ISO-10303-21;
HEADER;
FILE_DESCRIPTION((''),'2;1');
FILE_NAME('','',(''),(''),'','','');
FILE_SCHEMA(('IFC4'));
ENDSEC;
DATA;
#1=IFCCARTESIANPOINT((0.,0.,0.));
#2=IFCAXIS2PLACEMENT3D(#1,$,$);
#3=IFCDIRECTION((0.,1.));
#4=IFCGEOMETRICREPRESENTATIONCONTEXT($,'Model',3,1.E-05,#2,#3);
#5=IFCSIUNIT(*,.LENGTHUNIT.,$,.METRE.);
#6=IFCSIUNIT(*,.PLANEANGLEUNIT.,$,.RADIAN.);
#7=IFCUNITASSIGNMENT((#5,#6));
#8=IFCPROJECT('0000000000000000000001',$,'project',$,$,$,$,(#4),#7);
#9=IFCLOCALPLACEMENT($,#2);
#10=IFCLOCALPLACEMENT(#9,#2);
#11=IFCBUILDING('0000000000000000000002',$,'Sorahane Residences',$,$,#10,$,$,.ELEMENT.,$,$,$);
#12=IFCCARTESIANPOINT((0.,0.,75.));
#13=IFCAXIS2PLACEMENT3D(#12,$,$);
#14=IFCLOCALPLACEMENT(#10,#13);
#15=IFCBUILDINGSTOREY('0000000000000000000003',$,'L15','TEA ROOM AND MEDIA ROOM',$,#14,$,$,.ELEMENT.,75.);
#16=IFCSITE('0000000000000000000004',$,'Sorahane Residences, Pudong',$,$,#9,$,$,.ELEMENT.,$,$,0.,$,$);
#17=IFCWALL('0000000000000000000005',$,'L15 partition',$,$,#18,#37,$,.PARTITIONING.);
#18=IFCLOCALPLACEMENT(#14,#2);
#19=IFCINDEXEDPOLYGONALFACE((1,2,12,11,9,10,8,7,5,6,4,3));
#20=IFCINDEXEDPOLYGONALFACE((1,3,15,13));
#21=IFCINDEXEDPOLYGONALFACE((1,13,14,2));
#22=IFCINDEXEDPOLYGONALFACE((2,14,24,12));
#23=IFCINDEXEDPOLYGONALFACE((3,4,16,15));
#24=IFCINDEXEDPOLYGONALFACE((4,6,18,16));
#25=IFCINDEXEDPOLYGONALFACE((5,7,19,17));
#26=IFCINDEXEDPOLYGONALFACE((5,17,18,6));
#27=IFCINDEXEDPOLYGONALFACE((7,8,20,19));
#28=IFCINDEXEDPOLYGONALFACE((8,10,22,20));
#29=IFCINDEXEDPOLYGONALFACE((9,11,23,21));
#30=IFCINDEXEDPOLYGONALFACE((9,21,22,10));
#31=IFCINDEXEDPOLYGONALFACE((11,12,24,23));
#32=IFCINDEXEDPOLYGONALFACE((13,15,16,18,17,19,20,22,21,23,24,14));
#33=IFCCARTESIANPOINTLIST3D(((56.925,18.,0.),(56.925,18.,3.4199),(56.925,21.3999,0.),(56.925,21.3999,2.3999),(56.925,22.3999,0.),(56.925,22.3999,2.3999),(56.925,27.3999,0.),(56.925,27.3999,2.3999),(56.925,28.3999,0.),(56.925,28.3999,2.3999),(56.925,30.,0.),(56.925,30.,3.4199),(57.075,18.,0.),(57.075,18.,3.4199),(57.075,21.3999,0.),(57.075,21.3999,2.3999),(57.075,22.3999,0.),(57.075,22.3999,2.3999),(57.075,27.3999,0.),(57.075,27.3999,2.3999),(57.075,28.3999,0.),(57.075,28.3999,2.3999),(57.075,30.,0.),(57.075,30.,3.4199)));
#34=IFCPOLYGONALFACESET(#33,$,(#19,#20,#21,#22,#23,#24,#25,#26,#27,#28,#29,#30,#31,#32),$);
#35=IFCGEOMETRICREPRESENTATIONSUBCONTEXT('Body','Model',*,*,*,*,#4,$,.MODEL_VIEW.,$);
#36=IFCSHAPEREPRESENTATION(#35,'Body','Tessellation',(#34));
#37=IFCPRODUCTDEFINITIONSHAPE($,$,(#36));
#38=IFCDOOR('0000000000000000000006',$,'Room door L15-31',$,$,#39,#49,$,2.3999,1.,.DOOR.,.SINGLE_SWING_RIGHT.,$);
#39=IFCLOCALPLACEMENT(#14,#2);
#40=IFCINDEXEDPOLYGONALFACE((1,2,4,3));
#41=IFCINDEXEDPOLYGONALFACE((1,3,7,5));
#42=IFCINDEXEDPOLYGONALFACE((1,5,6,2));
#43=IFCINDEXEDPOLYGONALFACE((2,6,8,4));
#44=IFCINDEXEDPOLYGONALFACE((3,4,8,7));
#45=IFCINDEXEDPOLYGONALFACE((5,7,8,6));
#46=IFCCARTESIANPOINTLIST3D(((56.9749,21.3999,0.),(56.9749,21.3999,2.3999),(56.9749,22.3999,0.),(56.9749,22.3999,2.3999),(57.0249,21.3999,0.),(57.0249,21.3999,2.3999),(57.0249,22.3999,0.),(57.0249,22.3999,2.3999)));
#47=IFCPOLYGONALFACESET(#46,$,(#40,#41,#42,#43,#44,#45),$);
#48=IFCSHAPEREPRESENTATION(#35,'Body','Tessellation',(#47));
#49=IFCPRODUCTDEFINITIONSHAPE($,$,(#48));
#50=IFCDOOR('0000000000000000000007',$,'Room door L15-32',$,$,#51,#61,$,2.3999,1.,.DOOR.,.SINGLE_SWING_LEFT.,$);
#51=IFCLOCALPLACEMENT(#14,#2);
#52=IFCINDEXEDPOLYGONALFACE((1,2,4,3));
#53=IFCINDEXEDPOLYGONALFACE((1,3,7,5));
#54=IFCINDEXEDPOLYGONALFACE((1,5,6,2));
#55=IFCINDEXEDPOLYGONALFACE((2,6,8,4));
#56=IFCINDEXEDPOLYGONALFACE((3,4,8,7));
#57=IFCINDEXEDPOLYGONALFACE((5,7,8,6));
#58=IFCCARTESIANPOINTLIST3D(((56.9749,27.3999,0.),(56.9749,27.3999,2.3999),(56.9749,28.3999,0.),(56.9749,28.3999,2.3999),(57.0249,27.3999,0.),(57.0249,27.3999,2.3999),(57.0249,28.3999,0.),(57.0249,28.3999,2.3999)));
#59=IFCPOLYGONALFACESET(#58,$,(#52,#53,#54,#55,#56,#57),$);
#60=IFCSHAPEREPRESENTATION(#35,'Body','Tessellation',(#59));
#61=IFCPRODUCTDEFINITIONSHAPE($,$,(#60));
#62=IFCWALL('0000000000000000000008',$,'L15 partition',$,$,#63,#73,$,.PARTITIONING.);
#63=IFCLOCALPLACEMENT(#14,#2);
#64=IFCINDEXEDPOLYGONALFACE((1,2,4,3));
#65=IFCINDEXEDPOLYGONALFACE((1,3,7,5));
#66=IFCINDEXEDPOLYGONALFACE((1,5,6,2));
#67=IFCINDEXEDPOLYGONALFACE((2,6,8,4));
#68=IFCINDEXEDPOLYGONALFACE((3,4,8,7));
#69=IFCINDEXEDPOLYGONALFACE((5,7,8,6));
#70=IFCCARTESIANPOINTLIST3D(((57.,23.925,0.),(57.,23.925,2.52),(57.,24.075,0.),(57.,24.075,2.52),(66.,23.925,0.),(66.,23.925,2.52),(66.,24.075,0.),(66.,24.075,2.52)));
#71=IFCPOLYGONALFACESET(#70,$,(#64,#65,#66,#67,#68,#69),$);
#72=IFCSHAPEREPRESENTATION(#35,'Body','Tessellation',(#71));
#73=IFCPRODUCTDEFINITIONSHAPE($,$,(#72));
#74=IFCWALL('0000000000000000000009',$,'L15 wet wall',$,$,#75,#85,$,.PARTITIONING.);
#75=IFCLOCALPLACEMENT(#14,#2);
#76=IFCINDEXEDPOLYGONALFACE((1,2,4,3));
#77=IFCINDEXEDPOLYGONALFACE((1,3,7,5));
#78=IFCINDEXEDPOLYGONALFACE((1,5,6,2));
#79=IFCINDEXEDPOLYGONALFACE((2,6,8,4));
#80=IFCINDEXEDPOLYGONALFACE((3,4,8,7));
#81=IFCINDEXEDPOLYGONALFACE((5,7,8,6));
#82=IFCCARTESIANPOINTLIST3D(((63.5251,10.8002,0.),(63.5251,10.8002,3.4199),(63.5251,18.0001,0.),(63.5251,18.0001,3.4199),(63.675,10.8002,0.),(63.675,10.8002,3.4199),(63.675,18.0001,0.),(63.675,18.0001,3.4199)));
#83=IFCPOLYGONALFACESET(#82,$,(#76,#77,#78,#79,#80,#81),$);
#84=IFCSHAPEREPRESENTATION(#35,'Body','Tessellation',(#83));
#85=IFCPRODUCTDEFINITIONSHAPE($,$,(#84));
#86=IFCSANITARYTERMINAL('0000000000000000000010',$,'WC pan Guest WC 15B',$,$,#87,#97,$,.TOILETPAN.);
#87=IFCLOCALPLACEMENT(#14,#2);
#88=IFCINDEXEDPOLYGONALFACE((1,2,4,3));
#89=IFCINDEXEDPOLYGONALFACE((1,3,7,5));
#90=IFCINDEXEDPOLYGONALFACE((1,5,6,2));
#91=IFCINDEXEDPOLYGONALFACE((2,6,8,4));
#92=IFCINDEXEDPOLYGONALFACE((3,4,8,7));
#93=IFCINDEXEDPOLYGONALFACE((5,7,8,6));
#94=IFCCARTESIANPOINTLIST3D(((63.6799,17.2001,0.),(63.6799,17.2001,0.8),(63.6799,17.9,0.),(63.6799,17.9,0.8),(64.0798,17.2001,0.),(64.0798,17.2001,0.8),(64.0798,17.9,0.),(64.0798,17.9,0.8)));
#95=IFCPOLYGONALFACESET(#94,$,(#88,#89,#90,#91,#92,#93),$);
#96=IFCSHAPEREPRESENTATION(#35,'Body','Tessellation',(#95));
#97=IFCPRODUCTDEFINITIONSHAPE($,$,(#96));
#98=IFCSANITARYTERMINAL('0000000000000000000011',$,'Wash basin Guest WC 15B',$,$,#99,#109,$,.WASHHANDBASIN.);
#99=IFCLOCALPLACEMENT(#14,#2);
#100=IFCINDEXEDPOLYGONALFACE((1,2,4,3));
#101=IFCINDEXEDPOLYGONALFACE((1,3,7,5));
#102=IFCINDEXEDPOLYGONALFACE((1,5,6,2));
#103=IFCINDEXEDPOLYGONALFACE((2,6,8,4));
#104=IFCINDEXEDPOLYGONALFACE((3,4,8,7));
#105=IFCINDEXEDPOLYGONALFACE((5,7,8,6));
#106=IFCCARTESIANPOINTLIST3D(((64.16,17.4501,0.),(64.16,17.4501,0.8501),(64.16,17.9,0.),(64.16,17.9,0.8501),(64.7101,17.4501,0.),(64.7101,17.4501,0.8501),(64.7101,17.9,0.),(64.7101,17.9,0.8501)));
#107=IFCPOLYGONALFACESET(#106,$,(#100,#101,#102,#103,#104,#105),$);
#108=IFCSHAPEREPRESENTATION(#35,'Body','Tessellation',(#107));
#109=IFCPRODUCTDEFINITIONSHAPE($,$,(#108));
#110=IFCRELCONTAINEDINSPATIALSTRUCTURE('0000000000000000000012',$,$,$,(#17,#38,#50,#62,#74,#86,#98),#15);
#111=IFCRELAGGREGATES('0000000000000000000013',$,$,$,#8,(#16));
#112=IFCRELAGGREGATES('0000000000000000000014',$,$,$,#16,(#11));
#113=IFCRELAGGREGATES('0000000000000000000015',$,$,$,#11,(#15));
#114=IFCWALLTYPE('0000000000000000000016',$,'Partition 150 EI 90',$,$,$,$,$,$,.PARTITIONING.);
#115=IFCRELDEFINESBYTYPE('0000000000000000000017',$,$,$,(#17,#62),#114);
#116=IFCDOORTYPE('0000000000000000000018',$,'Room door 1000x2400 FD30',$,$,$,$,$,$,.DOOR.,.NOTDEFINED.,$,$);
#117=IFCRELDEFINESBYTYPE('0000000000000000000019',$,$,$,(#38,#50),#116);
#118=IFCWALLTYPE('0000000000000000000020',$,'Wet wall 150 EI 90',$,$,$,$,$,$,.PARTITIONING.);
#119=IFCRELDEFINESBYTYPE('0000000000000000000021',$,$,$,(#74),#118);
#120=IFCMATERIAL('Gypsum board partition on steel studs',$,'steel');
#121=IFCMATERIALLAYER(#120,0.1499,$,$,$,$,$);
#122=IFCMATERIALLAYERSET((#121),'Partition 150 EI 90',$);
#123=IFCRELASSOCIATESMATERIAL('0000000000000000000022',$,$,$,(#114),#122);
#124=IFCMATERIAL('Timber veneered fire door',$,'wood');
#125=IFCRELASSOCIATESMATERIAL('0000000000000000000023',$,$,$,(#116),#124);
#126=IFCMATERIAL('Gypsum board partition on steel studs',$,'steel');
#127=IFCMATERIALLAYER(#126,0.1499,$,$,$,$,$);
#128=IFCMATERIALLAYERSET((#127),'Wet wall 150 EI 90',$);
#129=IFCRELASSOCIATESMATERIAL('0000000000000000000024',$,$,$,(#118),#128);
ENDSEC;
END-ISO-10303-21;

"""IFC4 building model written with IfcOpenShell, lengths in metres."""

from ifc_helpers import new_model, si_unit, direction, frame, frame_2d, origin, origin_2d, place, context, subcontext, project, spatial, rectangle, extrude, material, layer, layer_set, type_object, element, fill, save


model = new_model("IFC4")

# Units and contexts
model_context = context("Model", 3, precision=1e-05, world=origin(), true_north=direction((0.0, 1.0)))
body_context = subcontext(model_context, "Body", "Model", "MODEL_VIEW")
ifc_project = project(units=[si_unit("LENGTHUNIT", "METRE"), si_unit("PLANEANGLEUNIT", "RADIAN")], contexts=[model_context])

# Site, building, storey
site_placement = place(None, origin())
site = spatial("IfcSite", under=ifc_project, at=site_placement, Name="Sorahane Residences, Pudong", CompositionType="ELEMENT", RefElevation=0.0)
building_placement = place(site_placement, origin())
building = spatial("IfcBuilding", under=site, at=building_placement, Name="Sorahane Residences", CompositionType="ELEMENT")
storey_placement = place(building_placement, frame((0.0, 0.0, 75.0)))
storey = spatial("IfcBuildingStorey", under=building, at=storey_placement, Name="L15", Description="TEA ROOM AND MEDIA ROOM", CompositionType="ELEMENT", Elevation=75.0)

# Shared definitions
ifc_material_1 = material(Name="Gypsum board partition on steel studs", Category="steel")
ifc_layer_1 = layer(ifc_material_1, 0.1499)
ifc_layer_set_1 = layer_set([ifc_layer_1], Name="Partition 150 EI 90")
wall_type_1 = type_object("IfcWallType", Name="Partition 150 EI 90", PredefinedType="PARTITIONING", material=ifc_layer_set_1)

# Shared definitions
ifc_material_2 = material(Name="Timber veneered fire door", Category="wood")
door_type_1 = type_object("IfcDoorType", Name="Room door 1000x2400 FD30", OperationType="NOTDEFINED", PredefinedType="DOOR", material=ifc_material_2)

# Wall, openings, doors
wall_1_placement = place(storey_placement, frame((57.0, 18.0, 0.0), z_axis=(0.0, 0.0, 1.0), x_axis=(0.0, 1.0, 0.0)))
wall_1 = element("IfcWall", 1, at=wall_1_placement, inside=storey, type_object=wall_type_1, Name="L15 partition", PredefinedType="PARTITIONING", context=body_context, shape_type="SweptSolid", body=[
    extrude(rectangle(XDim=12.0, YDim=0.1499, at=frame_2d((6.0, 0.0))), origin(), (0.0, 0.0, 1.0), 3.4199),
])
opening_1_placement = place(wall_1_placement, frame((3.3999, 0.0, 0.0)))
opening_1 = element("IfcOpeningElement", 2, at=opening_1_placement, cuts=wall_1, PredefinedType="OPENING", context=body_context, shape_type="SweptSolid", body=[
    extrude(rectangle(XDim=1.0, YDim=2.3999, at=frame_2d((0.5, 1.2))), frame((0.0, 0.085, 0.0), z_axis=(0.0, -1.0, 0.0), x_axis=(1.0, 0.0, 0.0)), (0.0, 0.0, 1.0), 0.1699),
])
opening_2_placement = place(wall_1_placement, frame((9.3999, 0.0, 0.0)))
opening_2 = element("IfcOpeningElement", 3, at=opening_2_placement, cuts=wall_1, PredefinedType="OPENING", context=body_context, shape_type="SweptSolid", body=[
    extrude(rectangle(XDim=1.0, YDim=2.3999, at=frame_2d((0.5, 1.2))), frame((0.0, 0.085, 0.0), z_axis=(0.0, -1.0, 0.0), x_axis=(1.0, 0.0, 0.0)), (0.0, 0.0, 1.0), 0.1699),
])
door_1_placement = place(opening_1_placement, frame((1.0, 0.0, 0.0), z_axis=(0.0, 0.0, 1.0), x_axis=(-1.0, 0.0, 0.0)))
door_1 = element("IfcDoor", 4, at=door_1_placement, inside=storey, type_object=door_type_1, Name="Room door L15-31", OperationType="SINGLE_SWING_RIGHT", OverallHeight=2.3999, OverallWidth=1.0, PredefinedType="DOOR", context=body_context, shape_type="SweptSolid", body=[
    extrude(rectangle(XDim=1.0, YDim=2.3999, at=frame_2d((0.5, 1.2))), frame((0.0, 0.0249, 0.0), z_axis=(0.0, -1.0, 0.0), x_axis=(1.0, 0.0, 0.0)), (0.0, 0.0, 1.0), 0.05),
])
fill(opening_1, door_1)
door_2_placement = place(opening_2_placement, frame((1.0, 0.0, 0.0), z_axis=(0.0, 0.0, 1.0), x_axis=(-1.0, 0.0, 0.0)))
door_2 = element("IfcDoor", 5, at=door_2_placement, inside=storey, type_object=door_type_1, Name="Room door L15-32", OperationType="SINGLE_SWING_LEFT", OverallHeight=2.3999, OverallWidth=1.0, PredefinedType="DOOR", context=body_context, shape_type="SweptSolid", body=[
    extrude(rectangle(XDim=1.0, YDim=2.3999, at=frame_2d((0.5, 1.2))), frame((0.0, 0.0249, 0.0), z_axis=(0.0, -1.0, 0.0), x_axis=(1.0, 0.0, 0.0)), (0.0, 0.0, 1.0), 0.05),
])
fill(opening_2, door_2)

# Walls
wall_2_placement = place(storey_placement, frame((57.0, 24.0, 0.0), z_axis=(0.0, 0.0, 1.0), x_axis=(1.0, 0.0, 0.0)))
element("IfcWall", 6, at=wall_2_placement, inside=storey, type_object=wall_type_1, Name="L15 partition", PredefinedType="PARTITIONING", context=body_context, shape_type="SweptSolid", body=[
    extrude(rectangle(XDim=9.0, YDim=0.1499, at=frame_2d((4.5, 0.0))), origin(), (0.0, 0.0, 1.0), 2.52),
])
ifc_material_3 = material(Name="Gypsum board partition on steel studs", Category="steel")
ifc_layer_2 = layer(ifc_material_3, 0.1499)
ifc_layer_set_2 = layer_set([ifc_layer_2], Name="Wet wall 150 EI 90")
wall_type_2 = type_object("IfcWallType", Name="Wet wall 150 EI 90", PredefinedType="PARTITIONING", material=ifc_layer_set_2)
wall_3_placement = place(storey_placement, frame((63.6001, 10.8, 0.0), z_axis=(0.0, 0.0, 1.0), x_axis=(0.0, 1.0, 0.0)))
element("IfcWall", 7, at=wall_3_placement, inside=storey, type_object=wall_type_2, Name="L15 wet wall", PredefinedType="PARTITIONING", context=body_context, shape_type="SweptSolid", body=[
    extrude(rectangle(XDim=7.2, YDim=0.1499, at=frame_2d((3.6001, 0.0))), origin(), (0.0, 0.0, 1.0), 3.4199),
])

# Sanitary terminals
sanitary_terminal_1_placement = place(storey_placement, frame((63.8799, 17.55, 0.0), z_axis=(0.0, 0.0, 1.0), x_axis=(1.0, 0.0, 0.0)))
element("IfcSanitaryTerminal", 8, at=sanitary_terminal_1_placement, inside=storey, Name="WC pan Guest WC 15B", PredefinedType="TOILETPAN", context=body_context, shape_type="SweptSolid", body=[
    extrude(rectangle(XDim=0.3999, YDim=0.7, at=origin_2d()), origin(), (0.0, 0.0, 1.0), 0.8),
])
sanitary_terminal_2_placement = place(storey_placement, frame((64.4351, 17.675, 0.0), z_axis=(0.0, 0.0, 1.0), x_axis=(1.0, 0.0, 0.0)))
element("IfcSanitaryTerminal", 9, at=sanitary_terminal_2_placement, inside=storey, Name="Wash basin Guest WC 15B", PredefinedType="WASHHANDBASIN", context=body_context, shape_type="SweptSolid", body=[
    extrude(rectangle(XDim=0.55, YDim=0.45, at=origin_2d()), origin(), (0.0, 0.0, 1.0), 0.8501),
])

save(model, "model.ifc")
